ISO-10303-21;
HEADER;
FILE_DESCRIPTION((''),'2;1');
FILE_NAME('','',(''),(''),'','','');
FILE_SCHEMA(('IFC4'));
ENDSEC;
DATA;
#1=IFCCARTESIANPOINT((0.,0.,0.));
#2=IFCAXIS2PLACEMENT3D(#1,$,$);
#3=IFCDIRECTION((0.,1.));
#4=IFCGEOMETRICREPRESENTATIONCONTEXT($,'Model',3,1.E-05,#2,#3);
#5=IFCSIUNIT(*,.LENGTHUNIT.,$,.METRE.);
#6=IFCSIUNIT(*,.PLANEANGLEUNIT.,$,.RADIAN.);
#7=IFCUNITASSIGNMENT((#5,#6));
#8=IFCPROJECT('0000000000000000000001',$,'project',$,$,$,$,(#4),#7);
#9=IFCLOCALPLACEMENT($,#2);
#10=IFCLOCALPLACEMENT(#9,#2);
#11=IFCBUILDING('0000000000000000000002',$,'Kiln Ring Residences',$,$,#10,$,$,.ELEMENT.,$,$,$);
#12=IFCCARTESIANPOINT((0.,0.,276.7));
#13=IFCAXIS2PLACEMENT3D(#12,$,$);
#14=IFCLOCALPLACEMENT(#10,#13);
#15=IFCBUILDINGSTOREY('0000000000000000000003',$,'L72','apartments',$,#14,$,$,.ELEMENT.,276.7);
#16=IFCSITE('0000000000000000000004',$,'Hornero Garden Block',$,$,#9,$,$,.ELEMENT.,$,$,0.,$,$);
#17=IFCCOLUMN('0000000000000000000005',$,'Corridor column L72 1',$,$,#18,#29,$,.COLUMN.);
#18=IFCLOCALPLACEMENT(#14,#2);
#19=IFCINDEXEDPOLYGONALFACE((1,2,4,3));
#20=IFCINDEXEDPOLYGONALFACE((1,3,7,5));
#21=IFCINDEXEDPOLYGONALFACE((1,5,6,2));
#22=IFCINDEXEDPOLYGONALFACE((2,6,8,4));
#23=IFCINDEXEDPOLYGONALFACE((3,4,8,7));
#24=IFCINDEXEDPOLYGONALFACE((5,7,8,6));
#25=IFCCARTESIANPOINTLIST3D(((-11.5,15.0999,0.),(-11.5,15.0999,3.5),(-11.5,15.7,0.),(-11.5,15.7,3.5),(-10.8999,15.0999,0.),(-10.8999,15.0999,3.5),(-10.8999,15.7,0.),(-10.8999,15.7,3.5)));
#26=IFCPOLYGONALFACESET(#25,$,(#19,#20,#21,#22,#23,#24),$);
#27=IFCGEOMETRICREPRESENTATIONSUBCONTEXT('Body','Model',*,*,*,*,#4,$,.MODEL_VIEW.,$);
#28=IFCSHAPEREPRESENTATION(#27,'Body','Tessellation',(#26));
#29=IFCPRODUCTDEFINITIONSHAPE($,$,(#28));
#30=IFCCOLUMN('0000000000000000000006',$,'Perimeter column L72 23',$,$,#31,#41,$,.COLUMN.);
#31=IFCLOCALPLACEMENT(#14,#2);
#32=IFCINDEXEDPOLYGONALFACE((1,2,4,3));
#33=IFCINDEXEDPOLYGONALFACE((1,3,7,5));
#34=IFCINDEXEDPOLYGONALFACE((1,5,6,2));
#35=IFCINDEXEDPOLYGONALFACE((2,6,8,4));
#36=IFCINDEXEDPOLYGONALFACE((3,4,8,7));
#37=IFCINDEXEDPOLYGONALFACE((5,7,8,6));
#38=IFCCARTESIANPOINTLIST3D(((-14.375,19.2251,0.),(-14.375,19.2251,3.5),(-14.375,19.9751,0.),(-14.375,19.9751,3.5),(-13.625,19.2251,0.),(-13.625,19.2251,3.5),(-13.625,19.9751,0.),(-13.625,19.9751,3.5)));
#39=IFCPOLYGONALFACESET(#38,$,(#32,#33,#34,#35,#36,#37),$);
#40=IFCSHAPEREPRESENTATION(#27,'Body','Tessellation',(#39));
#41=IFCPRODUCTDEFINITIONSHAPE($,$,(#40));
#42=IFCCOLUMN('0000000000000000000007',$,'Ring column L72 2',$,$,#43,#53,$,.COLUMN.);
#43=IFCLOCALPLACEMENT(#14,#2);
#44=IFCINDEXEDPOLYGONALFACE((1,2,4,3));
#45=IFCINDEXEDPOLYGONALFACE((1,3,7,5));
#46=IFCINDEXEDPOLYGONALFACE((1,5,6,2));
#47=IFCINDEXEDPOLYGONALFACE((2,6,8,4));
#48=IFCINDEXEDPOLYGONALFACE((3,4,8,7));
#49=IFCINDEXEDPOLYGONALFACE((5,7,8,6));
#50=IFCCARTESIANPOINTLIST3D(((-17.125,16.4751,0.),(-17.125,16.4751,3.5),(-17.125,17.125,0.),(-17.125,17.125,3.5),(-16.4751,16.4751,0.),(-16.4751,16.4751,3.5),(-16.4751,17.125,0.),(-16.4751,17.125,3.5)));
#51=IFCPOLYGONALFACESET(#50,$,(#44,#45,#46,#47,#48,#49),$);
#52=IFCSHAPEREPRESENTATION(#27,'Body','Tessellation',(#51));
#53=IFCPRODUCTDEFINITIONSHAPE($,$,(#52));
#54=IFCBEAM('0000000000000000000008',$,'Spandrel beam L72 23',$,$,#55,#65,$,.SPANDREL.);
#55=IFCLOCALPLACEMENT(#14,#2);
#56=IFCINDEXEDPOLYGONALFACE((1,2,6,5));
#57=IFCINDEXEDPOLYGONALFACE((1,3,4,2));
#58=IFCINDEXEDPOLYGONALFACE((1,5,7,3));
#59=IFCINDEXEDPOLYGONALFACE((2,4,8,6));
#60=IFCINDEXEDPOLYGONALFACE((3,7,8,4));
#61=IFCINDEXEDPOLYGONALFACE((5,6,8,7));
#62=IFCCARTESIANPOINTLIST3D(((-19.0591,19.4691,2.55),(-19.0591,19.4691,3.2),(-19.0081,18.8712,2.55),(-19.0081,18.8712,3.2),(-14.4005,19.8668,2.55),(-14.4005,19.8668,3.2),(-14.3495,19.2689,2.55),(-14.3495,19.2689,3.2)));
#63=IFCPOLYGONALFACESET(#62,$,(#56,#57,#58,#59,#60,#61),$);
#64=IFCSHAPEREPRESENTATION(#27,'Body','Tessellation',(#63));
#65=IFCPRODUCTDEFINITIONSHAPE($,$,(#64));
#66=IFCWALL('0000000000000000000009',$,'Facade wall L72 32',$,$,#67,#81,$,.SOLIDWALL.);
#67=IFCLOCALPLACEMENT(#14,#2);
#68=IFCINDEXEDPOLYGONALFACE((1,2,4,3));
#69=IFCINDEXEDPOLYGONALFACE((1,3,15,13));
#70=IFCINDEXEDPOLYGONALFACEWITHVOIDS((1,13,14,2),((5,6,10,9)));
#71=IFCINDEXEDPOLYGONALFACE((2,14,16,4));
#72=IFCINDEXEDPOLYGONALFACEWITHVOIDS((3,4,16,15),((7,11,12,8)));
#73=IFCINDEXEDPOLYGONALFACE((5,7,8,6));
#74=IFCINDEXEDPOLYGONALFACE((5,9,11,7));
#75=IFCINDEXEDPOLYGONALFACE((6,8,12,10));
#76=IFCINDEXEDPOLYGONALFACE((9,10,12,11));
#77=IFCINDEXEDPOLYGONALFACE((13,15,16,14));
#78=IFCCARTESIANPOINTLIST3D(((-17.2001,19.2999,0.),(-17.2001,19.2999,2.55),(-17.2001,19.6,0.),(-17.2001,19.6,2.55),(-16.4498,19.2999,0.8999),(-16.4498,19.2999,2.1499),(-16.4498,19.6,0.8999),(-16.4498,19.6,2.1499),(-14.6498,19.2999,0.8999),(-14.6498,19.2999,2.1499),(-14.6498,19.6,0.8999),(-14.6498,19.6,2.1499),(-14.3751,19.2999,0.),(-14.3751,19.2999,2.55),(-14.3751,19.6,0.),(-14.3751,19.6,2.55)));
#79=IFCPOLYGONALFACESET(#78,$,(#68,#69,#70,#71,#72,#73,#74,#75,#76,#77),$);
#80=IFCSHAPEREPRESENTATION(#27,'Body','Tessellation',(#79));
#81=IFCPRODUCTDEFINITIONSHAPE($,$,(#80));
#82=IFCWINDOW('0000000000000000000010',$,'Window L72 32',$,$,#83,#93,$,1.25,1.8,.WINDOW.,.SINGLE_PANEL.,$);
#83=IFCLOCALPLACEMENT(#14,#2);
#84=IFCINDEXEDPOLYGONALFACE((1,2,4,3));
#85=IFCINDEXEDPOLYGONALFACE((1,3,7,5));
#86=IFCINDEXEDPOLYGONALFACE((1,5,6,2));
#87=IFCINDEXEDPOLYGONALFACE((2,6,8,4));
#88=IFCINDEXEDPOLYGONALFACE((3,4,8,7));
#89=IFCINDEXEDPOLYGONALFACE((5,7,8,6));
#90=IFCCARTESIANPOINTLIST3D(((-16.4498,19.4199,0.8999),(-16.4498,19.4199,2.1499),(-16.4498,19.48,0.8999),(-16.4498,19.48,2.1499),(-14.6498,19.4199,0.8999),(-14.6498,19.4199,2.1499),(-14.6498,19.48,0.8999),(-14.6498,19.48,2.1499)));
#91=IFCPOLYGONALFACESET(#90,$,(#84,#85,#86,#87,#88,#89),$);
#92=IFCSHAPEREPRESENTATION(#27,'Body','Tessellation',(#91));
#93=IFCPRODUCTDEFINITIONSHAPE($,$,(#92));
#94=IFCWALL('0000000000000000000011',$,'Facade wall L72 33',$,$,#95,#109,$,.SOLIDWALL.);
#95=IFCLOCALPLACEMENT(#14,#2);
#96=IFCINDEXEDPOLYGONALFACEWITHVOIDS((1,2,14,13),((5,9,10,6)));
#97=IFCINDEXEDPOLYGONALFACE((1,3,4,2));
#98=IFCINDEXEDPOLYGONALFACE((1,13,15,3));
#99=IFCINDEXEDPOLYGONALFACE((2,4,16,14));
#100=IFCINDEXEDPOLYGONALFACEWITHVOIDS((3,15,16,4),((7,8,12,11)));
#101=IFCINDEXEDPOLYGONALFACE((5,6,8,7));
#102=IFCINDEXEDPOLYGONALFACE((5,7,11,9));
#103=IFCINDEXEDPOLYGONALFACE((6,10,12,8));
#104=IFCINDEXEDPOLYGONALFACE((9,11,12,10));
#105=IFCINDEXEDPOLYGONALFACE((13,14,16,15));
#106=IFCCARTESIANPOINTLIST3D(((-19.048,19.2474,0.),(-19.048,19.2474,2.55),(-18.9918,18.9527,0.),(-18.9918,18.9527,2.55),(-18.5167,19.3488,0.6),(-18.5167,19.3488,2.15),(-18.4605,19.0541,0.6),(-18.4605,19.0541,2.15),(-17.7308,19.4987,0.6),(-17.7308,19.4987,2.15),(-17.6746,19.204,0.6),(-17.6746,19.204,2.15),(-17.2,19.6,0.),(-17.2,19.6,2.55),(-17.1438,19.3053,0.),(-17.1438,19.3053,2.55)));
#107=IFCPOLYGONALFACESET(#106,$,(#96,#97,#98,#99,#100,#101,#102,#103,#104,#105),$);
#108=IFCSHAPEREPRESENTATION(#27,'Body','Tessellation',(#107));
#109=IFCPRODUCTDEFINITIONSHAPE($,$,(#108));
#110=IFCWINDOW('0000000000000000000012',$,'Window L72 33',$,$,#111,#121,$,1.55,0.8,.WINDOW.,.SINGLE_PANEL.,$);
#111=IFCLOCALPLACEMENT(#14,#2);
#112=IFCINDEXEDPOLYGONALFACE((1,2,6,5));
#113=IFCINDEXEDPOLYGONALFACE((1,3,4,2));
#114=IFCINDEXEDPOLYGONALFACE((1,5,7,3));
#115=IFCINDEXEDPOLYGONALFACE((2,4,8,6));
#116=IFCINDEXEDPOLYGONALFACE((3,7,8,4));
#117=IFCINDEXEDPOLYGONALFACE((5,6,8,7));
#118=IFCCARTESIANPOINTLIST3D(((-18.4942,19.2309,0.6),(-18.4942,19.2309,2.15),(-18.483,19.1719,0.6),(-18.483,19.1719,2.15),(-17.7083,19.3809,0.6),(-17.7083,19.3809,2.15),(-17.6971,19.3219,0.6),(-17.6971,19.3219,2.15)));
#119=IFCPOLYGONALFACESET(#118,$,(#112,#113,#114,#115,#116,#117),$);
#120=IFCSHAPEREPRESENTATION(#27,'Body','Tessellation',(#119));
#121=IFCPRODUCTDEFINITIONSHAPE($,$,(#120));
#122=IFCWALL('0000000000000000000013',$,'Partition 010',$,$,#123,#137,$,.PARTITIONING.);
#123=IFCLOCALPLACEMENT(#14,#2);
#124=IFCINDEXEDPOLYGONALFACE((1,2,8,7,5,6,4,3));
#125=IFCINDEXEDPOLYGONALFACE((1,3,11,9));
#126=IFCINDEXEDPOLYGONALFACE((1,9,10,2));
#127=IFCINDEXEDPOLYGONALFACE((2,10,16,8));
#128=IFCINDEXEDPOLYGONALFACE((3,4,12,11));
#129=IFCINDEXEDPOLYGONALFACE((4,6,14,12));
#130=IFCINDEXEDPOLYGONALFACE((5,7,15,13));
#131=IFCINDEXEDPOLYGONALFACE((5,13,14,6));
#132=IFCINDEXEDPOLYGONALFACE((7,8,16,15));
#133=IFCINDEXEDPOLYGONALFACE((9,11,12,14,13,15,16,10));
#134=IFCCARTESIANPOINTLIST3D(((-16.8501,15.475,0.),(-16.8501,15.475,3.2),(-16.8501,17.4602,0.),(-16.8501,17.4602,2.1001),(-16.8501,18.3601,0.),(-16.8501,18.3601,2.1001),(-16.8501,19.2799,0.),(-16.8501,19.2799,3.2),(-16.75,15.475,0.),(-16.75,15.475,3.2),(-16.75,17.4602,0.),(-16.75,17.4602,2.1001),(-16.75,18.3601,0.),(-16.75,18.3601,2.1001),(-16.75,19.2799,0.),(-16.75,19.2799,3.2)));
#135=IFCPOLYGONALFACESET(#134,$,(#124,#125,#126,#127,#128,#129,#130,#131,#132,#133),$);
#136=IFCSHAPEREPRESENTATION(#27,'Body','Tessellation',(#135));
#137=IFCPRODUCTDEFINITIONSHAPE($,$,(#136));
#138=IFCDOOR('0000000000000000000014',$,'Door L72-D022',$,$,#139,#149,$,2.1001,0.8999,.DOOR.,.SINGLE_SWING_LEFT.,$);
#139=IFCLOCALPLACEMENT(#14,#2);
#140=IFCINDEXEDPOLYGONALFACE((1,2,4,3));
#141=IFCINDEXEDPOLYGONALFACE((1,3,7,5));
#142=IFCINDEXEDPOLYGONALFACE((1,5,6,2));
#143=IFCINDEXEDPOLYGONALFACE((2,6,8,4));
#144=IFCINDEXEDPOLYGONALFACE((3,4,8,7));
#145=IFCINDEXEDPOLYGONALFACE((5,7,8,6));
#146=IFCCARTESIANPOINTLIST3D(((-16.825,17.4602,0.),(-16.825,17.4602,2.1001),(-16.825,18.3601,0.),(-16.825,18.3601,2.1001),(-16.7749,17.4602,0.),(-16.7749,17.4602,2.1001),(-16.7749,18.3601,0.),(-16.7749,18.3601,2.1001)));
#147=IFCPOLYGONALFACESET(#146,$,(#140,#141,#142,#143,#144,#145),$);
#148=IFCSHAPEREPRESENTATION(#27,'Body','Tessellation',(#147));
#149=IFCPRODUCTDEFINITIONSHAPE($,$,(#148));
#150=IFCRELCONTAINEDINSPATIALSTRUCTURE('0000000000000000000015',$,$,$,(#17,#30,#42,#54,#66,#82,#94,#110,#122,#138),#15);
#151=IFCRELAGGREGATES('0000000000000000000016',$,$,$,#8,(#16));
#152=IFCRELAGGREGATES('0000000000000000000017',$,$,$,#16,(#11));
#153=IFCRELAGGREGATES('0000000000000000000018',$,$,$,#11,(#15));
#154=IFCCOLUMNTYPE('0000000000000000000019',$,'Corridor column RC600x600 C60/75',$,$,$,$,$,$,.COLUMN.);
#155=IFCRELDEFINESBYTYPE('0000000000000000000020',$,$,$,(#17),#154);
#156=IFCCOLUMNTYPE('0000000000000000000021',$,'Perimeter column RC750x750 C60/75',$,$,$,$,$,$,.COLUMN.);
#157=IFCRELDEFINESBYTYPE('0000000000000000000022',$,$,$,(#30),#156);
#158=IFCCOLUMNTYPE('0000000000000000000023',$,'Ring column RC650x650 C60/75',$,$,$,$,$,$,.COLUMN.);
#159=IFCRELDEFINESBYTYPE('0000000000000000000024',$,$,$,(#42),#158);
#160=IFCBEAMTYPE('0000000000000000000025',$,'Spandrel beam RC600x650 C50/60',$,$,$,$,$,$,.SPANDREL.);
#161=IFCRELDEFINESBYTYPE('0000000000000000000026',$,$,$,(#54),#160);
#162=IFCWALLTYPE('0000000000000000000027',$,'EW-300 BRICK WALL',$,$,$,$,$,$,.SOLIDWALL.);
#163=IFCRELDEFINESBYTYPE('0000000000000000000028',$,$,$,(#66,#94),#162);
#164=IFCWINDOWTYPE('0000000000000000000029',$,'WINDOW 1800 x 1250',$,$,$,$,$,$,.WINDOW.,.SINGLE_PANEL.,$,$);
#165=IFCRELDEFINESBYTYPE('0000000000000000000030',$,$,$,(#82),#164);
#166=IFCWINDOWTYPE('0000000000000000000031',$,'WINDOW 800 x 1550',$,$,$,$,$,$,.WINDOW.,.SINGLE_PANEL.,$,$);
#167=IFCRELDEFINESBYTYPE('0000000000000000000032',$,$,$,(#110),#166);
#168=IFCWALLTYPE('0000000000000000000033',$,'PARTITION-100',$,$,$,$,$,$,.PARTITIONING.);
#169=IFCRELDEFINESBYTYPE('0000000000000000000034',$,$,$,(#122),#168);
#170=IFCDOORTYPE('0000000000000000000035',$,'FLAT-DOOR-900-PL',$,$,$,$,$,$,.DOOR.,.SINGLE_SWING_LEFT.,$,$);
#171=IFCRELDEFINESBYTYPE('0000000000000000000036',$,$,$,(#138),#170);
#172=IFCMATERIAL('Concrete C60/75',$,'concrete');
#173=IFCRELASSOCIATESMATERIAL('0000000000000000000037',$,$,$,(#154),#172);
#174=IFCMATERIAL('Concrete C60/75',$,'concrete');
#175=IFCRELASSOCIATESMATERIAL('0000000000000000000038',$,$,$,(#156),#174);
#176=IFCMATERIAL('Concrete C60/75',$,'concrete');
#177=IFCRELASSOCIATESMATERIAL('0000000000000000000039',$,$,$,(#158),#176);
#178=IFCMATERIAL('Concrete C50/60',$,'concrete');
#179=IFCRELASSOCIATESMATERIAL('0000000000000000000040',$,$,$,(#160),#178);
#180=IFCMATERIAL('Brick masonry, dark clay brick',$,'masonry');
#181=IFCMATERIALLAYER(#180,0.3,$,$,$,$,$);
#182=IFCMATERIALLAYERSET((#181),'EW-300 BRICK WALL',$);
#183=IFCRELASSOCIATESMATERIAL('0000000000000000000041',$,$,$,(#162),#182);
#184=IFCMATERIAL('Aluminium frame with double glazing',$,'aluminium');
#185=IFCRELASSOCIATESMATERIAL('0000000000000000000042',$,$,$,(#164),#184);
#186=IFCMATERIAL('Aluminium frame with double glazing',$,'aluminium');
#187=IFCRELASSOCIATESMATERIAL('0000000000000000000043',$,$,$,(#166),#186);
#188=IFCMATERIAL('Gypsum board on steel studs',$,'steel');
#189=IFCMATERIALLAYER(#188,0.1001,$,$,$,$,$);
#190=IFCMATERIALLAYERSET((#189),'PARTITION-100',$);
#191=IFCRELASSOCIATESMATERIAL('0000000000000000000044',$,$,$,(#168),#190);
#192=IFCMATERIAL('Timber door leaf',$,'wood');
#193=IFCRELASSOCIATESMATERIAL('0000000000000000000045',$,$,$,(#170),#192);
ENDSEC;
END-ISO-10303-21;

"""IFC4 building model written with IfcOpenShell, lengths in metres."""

from ifc_helpers import new_model, si_unit, direction, frame, frame_2d, origin, origin_2d, place, context, subcontext, project, spatial, rectangle, extrude, material, layer, layer_set, material_profile, profile_set, type_object, element, fill, save


model = new_model("IFC4")

# Units and contexts
model_context = context("Model", 3, precision=1e-05, world=origin(), true_north=direction((0.0, 1.0)))
body_context = subcontext(model_context, "Body", "Model", "MODEL_VIEW")
ifc_project = project(units=[si_unit("LENGTHUNIT", "METRE"), si_unit("PLANEANGLEUNIT", "RADIAN")], contexts=[model_context])

# Site, building, storey
site_placement = place(None, origin())
site = spatial("IfcSite", under=ifc_project, at=site_placement, Name="Hornero Garden Block", CompositionType="ELEMENT", RefElevation=0.0)
building_placement = place(site_placement, origin())
building = spatial("IfcBuilding", under=site, at=building_placement, Name="Kiln Ring Residences", CompositionType="ELEMENT")
storey_placement = place(building_placement, frame((0.0, 0.0, 276.7)))
storey = spatial("IfcBuildingStorey", under=building, at=storey_placement, Name="L72", Description="apartments", CompositionType="ELEMENT", Elevation=276.7)

# Columns
ifc_material_1 = material(Name="Concrete C60/75", Category="concrete")
ifc_material_profile_1 = material_profile(ifc_material_1, rectangle(XDim=0.6001, YDim=0.6001, at=origin_2d()), Name="RC600x600")
ifc_profile_set_1 = profile_set([ifc_material_profile_1], Name="Concrete C60/75")
column_type_1 = type_object("IfcColumnType", Name="Corridor column RC600x600 C60/75", PredefinedType="COLUMN", material=ifc_profile_set_1)
column_1_placement = place(storey_placement, frame((-11.2, 15.3999, 0.0), z_axis=(0.0, 0.0, 1.0), x_axis=(1.0, 0.0, 0.0)))
element("IfcColumn", 1, at=column_1_placement, inside=storey, type_object=column_type_1, Name="Corridor column L72 1", PredefinedType="COLUMN", context=body_context, shape_type="SweptSolid", body=[
    extrude(rectangle(XDim=0.6001, YDim=0.6001, at=origin_2d()), origin(), (0.0, 0.0, 1.0), 3.5),
])
ifc_material_2 = material(Name="Concrete C60/75", Category="concrete")
ifc_material_profile_2 = material_profile(ifc_material_2, rectangle(XDim=0.75, YDim=0.75, at=origin_2d()), Name="RC750x750")
ifc_profile_set_2 = profile_set([ifc_material_profile_2], Name="Concrete C60/75")
column_type_2 = type_object("IfcColumnType", Name="Perimeter column RC750x750 C60/75", PredefinedType="COLUMN", material=ifc_profile_set_2)
column_2_placement = place(storey_placement, frame((-14.0, 19.6001, 0.0), z_axis=(0.0, 0.0, 1.0), x_axis=(1.0, 0.0, 0.0)))
element("IfcColumn", 2, at=column_2_placement, inside=storey, type_object=column_type_2, Name="Perimeter column L72 23", PredefinedType="COLUMN", context=body_context, shape_type="SweptSolid", body=[
    extrude(rectangle(XDim=0.75, YDim=0.75, at=origin_2d()), origin(), (0.0, 0.0, 1.0), 3.5),
])
ifc_material_3 = material(Name="Concrete C60/75", Category="concrete")
ifc_material_profile_3 = material_profile(ifc_material_3, rectangle(XDim=0.6499, YDim=0.6499, at=origin_2d()), Name="RC650x650")
ifc_profile_set_3 = profile_set([ifc_material_profile_3], Name="Concrete C60/75")
column_type_3 = type_object("IfcColumnType", Name="Ring column RC650x650 C60/75", PredefinedType="COLUMN", material=ifc_profile_set_3)
column_3_placement = place(storey_placement, frame((-16.8, 16.8, 0.0), z_axis=(0.0, 0.0, 1.0), x_axis=(1.0, 0.0, 0.0)))
element("IfcColumn", 3, at=column_3_placement, inside=storey, type_object=column_type_3, Name="Ring column L72 2", PredefinedType="COLUMN", context=body_context, shape_type="SweptSolid", body=[
    extrude(rectangle(XDim=0.6499, YDim=0.6499, at=origin_2d()), origin(), (0.0, 0.0, 1.0), 3.5),
])

# Beam
ifc_material_4 = material(Name="Concrete C50/60", Category="concrete")
ifc_material_profile_4 = material_profile(ifc_material_4, rectangle(XDim=0.6001, YDim=0.6499, at=origin_2d()), Name="RC600x650")
ifc_profile_set_4 = profile_set([ifc_material_profile_4], Name="Concrete C50/60")
beam_type = type_object("IfcBeamType", Name="Spandrel beam RC600x650 C50/60", PredefinedType="SPANDREL", material=ifc_profile_set_4)
beam_placement = place(storey_placement, frame((-14.375, 19.5679, 2.875), z_axis=(-0.996376, -0.085059, 0.0), x_axis=(0.085059, -0.996376, 0.0)))
element("IfcBeam", 4, at=beam_placement, inside=storey, type_object=beam_type, Name="Spandrel beam L72 23", PredefinedType="SPANDREL", context=body_context, shape_type="SweptSolid", body=[
    extrude(rectangle(XDim=0.6001, YDim=0.6499, at=origin_2d()), origin(), (0.0, 0.0, 1.0), 4.6755),
])

# Walls, openings, windows
ifc_material_5 = material(Name="Brick masonry, dark clay brick", Category="masonry")
ifc_layer_1 = layer(ifc_material_5, 0.3)
ifc_layer_set_1 = layer_set([ifc_layer_1], Name="EW-300 BRICK WALL")
wall_type_1 = type_object("IfcWallType", Name="EW-300 BRICK WALL", PredefinedType="SOLIDWALL", material=ifc_layer_set_1)
wall_1_placement = place(storey_placement, frame((-14.375, 19.45, 0.0), z_axis=(0.0, 0.0, 1.0), x_axis=(-1.0, 0.0, 0.0)))
wall_1 = element("IfcWall", 5, at=wall_1_placement, inside=storey, type_object=wall_type_1, Name="Facade wall L72 32", PredefinedType="SOLIDWALL", context=body_context, shape_type="SweptSolid", body=[
    extrude(rectangle(XDim=2.825, YDim=0.3, at=frame_2d((1.4126, 0.0))), origin(), (0.0, 0.0, 1.0), 2.55),
])
opening_1_placement = place(wall_1_placement, frame((0.2749, 0.0, 0.8999)))
opening_1 = element("IfcOpeningElement", 6, at=opening_1_placement, cuts=wall_1, PredefinedType="OPENING", context=body_context, shape_type="SweptSolid", body=[
    extrude(rectangle(XDim=1.8, YDim=1.25, at=frame_2d((0.8999, 0.625))), frame((0.0, 0.1599, 0.0), z_axis=(0.0, -1.0, 0.0), x_axis=(1.0, 0.0, 0.0)), (0.0, 0.0, 1.0), 0.3201),
])
ifc_material_6 = material(Name="Aluminium frame with double glazing", Category="aluminium")
window_type_1 = type_object("IfcWindowType", Name="WINDOW 1800 x 1250", PartitioningType="SINGLE_PANEL", PredefinedType="WINDOW", material=ifc_material_6)
window_1_placement = place(opening_1_placement, origin())
window_1 = element("IfcWindow", 7, at=window_1_placement, inside=storey, type_object=window_type_1, Name="Window L72 32", OverallHeight=1.25, OverallWidth=1.8, PartitioningType="SINGLE_PANEL", PredefinedType="WINDOW", context=body_context, shape_type="SweptSolid", body=[
    extrude(rectangle(XDim=1.8, YDim=1.25, at=frame_2d((0.8999, 0.625))), frame((0.0, 0.03, 0.0), z_axis=(0.0, -1.0, 0.0), x_axis=(1.0, 0.0, 0.0)), (0.0, 0.0, 1.0), 0.0601),
])
fill(opening_1, window_1)
wall_2_placement = place(storey_placement, frame((-17.1719, 19.4526, 0.0), z_axis=(0.0, 0.0, 1.0), x_axis=(-0.982284, -0.187398, 0.0)))
wall_2 = element("IfcWall", 8, at=wall_2_placement, inside=storey, type_object=wall_type_1, Name="Facade wall L72 33", PredefinedType="SOLIDWALL", context=body_context, shape_type="SweptSolid", body=[
    extrude(rectangle(XDim=1.8813, YDim=0.3, at=frame_2d((0.9407, 0.0))), origin(), (0.0, 0.0, 1.0), 2.55),
])
opening_2_placement = place(wall_2_placement, frame((0.5405, 0.0, 0.6001)))
opening_2 = element("IfcOpeningElement", 9, at=opening_2_placement, cuts=wall_2, PredefinedType="OPENING", context=body_context, shape_type="SweptSolid", body=[
    extrude(rectangle(XDim=0.8, YDim=1.55, at=frame_2d((0.3999, 0.7749))), frame((0.0, 0.1599, 0.0), z_axis=(0.0, -1.0, 0.0), x_axis=(1.0, 0.0, 0.0)), (0.0, 0.0, 1.0), 0.3201),
])
ifc_material_7 = material(Name="Aluminium frame with double glazing", Category="aluminium")
window_type_2 = type_object("IfcWindowType", Name="WINDOW 800 x 1550", PartitioningType="SINGLE_PANEL", PredefinedType="WINDOW", material=ifc_material_7)
window_2_placement = place(opening_2_placement, origin())
window_2 = element("IfcWindow", 10, at=window_2_placement, inside=storey, type_object=window_type_2, Name="Window L72 33", OverallHeight=1.55, OverallWidth=0.8, PartitioningType="SINGLE_PANEL", PredefinedType="WINDOW", context=body_context, shape_type="SweptSolid", body=[
    extrude(rectangle(XDim=0.8, YDim=1.55, at=frame_2d((0.3999, 0.7749))), frame((0.0, 0.03, 0.0), z_axis=(0.0, -1.0, 0.0), x_axis=(1.0, 0.0, 0.0)), (0.0, 0.0, 1.0), 0.0601),
])
fill(opening_2, window_2)

# Wall, opening, door
ifc_material_8 = material(Name="Gypsum board on steel studs", Category="steel")
ifc_layer_2 = layer(ifc_material_8, 0.1001)
ifc_layer_set_2 = layer_set([ifc_layer_2], Name="PARTITION-100")
wall_type_2 = type_object("IfcWallType", Name="PARTITION-100", PredefinedType="PARTITIONING", material=ifc_layer_set_2)
wall_3_placement = place(storey_placement, frame((-16.8, 15.4751, 0.0), z_axis=(0.0, 0.0, 1.0), x_axis=(0.0, 1.0, 0.0)))
wall_3 = element("IfcWall", 11, at=wall_3_placement, inside=storey, type_object=wall_type_2, Name="Partition 010", PredefinedType="PARTITIONING", context=body_context, shape_type="SweptSolid", body=[
    extrude(rectangle(XDim=3.8049, YDim=0.1001, at=frame_2d((1.9023, 0.0))), origin(), (0.0, 0.0, 1.0), 3.2),
])
opening_3_placement = place(wall_3_placement, frame((1.9851, 0.0, 0.0)))
opening_3 = element("IfcOpeningElement", 12, at=opening_3_placement, cuts=wall_3, PredefinedType="OPENING", context=body_context, shape_type="SweptSolid", body=[
    extrude(rectangle(XDim=0.8999, YDim=2.1001, at=frame_2d((0.45, 1.05))), frame((0.0, 0.0601, 0.0), z_axis=(0.0, -1.0, 0.0), x_axis=(1.0, 0.0, 0.0)), (0.0, 0.0, 1.0), 0.1201),
])
ifc_material_9 = material(Name="Timber door leaf", Category="wood")
door_type_1 = type_object("IfcDoorType", Name="FLAT-DOOR-900-PL", OperationType="SINGLE_SWING_LEFT", PredefinedType="DOOR", material=ifc_material_9)
door_1_placement = place(opening_3_placement, origin())
door_1 = element("IfcDoor", 13, at=door_1_placement, inside=storey, type_object=door_type_1, Name="Door L72-D022", OperationType="SINGLE_SWING_LEFT", OverallHeight=2.1001, OverallWidth=0.8999, PredefinedType="DOOR", context=body_context, shape_type="SweptSolid", body=[
    extrude(rectangle(XDim=0.8999, YDim=2.1001, at=frame_2d((0.45, 1.05))), frame((0.0, 0.0249, 0.0), z_axis=(0.0, -1.0, 0.0), x_axis=(1.0, 0.0, 0.0)), (0.0, 0.0, 1.0), 0.05),
])
fill(opening_3, door_1)

save(model, "model.ifc")
